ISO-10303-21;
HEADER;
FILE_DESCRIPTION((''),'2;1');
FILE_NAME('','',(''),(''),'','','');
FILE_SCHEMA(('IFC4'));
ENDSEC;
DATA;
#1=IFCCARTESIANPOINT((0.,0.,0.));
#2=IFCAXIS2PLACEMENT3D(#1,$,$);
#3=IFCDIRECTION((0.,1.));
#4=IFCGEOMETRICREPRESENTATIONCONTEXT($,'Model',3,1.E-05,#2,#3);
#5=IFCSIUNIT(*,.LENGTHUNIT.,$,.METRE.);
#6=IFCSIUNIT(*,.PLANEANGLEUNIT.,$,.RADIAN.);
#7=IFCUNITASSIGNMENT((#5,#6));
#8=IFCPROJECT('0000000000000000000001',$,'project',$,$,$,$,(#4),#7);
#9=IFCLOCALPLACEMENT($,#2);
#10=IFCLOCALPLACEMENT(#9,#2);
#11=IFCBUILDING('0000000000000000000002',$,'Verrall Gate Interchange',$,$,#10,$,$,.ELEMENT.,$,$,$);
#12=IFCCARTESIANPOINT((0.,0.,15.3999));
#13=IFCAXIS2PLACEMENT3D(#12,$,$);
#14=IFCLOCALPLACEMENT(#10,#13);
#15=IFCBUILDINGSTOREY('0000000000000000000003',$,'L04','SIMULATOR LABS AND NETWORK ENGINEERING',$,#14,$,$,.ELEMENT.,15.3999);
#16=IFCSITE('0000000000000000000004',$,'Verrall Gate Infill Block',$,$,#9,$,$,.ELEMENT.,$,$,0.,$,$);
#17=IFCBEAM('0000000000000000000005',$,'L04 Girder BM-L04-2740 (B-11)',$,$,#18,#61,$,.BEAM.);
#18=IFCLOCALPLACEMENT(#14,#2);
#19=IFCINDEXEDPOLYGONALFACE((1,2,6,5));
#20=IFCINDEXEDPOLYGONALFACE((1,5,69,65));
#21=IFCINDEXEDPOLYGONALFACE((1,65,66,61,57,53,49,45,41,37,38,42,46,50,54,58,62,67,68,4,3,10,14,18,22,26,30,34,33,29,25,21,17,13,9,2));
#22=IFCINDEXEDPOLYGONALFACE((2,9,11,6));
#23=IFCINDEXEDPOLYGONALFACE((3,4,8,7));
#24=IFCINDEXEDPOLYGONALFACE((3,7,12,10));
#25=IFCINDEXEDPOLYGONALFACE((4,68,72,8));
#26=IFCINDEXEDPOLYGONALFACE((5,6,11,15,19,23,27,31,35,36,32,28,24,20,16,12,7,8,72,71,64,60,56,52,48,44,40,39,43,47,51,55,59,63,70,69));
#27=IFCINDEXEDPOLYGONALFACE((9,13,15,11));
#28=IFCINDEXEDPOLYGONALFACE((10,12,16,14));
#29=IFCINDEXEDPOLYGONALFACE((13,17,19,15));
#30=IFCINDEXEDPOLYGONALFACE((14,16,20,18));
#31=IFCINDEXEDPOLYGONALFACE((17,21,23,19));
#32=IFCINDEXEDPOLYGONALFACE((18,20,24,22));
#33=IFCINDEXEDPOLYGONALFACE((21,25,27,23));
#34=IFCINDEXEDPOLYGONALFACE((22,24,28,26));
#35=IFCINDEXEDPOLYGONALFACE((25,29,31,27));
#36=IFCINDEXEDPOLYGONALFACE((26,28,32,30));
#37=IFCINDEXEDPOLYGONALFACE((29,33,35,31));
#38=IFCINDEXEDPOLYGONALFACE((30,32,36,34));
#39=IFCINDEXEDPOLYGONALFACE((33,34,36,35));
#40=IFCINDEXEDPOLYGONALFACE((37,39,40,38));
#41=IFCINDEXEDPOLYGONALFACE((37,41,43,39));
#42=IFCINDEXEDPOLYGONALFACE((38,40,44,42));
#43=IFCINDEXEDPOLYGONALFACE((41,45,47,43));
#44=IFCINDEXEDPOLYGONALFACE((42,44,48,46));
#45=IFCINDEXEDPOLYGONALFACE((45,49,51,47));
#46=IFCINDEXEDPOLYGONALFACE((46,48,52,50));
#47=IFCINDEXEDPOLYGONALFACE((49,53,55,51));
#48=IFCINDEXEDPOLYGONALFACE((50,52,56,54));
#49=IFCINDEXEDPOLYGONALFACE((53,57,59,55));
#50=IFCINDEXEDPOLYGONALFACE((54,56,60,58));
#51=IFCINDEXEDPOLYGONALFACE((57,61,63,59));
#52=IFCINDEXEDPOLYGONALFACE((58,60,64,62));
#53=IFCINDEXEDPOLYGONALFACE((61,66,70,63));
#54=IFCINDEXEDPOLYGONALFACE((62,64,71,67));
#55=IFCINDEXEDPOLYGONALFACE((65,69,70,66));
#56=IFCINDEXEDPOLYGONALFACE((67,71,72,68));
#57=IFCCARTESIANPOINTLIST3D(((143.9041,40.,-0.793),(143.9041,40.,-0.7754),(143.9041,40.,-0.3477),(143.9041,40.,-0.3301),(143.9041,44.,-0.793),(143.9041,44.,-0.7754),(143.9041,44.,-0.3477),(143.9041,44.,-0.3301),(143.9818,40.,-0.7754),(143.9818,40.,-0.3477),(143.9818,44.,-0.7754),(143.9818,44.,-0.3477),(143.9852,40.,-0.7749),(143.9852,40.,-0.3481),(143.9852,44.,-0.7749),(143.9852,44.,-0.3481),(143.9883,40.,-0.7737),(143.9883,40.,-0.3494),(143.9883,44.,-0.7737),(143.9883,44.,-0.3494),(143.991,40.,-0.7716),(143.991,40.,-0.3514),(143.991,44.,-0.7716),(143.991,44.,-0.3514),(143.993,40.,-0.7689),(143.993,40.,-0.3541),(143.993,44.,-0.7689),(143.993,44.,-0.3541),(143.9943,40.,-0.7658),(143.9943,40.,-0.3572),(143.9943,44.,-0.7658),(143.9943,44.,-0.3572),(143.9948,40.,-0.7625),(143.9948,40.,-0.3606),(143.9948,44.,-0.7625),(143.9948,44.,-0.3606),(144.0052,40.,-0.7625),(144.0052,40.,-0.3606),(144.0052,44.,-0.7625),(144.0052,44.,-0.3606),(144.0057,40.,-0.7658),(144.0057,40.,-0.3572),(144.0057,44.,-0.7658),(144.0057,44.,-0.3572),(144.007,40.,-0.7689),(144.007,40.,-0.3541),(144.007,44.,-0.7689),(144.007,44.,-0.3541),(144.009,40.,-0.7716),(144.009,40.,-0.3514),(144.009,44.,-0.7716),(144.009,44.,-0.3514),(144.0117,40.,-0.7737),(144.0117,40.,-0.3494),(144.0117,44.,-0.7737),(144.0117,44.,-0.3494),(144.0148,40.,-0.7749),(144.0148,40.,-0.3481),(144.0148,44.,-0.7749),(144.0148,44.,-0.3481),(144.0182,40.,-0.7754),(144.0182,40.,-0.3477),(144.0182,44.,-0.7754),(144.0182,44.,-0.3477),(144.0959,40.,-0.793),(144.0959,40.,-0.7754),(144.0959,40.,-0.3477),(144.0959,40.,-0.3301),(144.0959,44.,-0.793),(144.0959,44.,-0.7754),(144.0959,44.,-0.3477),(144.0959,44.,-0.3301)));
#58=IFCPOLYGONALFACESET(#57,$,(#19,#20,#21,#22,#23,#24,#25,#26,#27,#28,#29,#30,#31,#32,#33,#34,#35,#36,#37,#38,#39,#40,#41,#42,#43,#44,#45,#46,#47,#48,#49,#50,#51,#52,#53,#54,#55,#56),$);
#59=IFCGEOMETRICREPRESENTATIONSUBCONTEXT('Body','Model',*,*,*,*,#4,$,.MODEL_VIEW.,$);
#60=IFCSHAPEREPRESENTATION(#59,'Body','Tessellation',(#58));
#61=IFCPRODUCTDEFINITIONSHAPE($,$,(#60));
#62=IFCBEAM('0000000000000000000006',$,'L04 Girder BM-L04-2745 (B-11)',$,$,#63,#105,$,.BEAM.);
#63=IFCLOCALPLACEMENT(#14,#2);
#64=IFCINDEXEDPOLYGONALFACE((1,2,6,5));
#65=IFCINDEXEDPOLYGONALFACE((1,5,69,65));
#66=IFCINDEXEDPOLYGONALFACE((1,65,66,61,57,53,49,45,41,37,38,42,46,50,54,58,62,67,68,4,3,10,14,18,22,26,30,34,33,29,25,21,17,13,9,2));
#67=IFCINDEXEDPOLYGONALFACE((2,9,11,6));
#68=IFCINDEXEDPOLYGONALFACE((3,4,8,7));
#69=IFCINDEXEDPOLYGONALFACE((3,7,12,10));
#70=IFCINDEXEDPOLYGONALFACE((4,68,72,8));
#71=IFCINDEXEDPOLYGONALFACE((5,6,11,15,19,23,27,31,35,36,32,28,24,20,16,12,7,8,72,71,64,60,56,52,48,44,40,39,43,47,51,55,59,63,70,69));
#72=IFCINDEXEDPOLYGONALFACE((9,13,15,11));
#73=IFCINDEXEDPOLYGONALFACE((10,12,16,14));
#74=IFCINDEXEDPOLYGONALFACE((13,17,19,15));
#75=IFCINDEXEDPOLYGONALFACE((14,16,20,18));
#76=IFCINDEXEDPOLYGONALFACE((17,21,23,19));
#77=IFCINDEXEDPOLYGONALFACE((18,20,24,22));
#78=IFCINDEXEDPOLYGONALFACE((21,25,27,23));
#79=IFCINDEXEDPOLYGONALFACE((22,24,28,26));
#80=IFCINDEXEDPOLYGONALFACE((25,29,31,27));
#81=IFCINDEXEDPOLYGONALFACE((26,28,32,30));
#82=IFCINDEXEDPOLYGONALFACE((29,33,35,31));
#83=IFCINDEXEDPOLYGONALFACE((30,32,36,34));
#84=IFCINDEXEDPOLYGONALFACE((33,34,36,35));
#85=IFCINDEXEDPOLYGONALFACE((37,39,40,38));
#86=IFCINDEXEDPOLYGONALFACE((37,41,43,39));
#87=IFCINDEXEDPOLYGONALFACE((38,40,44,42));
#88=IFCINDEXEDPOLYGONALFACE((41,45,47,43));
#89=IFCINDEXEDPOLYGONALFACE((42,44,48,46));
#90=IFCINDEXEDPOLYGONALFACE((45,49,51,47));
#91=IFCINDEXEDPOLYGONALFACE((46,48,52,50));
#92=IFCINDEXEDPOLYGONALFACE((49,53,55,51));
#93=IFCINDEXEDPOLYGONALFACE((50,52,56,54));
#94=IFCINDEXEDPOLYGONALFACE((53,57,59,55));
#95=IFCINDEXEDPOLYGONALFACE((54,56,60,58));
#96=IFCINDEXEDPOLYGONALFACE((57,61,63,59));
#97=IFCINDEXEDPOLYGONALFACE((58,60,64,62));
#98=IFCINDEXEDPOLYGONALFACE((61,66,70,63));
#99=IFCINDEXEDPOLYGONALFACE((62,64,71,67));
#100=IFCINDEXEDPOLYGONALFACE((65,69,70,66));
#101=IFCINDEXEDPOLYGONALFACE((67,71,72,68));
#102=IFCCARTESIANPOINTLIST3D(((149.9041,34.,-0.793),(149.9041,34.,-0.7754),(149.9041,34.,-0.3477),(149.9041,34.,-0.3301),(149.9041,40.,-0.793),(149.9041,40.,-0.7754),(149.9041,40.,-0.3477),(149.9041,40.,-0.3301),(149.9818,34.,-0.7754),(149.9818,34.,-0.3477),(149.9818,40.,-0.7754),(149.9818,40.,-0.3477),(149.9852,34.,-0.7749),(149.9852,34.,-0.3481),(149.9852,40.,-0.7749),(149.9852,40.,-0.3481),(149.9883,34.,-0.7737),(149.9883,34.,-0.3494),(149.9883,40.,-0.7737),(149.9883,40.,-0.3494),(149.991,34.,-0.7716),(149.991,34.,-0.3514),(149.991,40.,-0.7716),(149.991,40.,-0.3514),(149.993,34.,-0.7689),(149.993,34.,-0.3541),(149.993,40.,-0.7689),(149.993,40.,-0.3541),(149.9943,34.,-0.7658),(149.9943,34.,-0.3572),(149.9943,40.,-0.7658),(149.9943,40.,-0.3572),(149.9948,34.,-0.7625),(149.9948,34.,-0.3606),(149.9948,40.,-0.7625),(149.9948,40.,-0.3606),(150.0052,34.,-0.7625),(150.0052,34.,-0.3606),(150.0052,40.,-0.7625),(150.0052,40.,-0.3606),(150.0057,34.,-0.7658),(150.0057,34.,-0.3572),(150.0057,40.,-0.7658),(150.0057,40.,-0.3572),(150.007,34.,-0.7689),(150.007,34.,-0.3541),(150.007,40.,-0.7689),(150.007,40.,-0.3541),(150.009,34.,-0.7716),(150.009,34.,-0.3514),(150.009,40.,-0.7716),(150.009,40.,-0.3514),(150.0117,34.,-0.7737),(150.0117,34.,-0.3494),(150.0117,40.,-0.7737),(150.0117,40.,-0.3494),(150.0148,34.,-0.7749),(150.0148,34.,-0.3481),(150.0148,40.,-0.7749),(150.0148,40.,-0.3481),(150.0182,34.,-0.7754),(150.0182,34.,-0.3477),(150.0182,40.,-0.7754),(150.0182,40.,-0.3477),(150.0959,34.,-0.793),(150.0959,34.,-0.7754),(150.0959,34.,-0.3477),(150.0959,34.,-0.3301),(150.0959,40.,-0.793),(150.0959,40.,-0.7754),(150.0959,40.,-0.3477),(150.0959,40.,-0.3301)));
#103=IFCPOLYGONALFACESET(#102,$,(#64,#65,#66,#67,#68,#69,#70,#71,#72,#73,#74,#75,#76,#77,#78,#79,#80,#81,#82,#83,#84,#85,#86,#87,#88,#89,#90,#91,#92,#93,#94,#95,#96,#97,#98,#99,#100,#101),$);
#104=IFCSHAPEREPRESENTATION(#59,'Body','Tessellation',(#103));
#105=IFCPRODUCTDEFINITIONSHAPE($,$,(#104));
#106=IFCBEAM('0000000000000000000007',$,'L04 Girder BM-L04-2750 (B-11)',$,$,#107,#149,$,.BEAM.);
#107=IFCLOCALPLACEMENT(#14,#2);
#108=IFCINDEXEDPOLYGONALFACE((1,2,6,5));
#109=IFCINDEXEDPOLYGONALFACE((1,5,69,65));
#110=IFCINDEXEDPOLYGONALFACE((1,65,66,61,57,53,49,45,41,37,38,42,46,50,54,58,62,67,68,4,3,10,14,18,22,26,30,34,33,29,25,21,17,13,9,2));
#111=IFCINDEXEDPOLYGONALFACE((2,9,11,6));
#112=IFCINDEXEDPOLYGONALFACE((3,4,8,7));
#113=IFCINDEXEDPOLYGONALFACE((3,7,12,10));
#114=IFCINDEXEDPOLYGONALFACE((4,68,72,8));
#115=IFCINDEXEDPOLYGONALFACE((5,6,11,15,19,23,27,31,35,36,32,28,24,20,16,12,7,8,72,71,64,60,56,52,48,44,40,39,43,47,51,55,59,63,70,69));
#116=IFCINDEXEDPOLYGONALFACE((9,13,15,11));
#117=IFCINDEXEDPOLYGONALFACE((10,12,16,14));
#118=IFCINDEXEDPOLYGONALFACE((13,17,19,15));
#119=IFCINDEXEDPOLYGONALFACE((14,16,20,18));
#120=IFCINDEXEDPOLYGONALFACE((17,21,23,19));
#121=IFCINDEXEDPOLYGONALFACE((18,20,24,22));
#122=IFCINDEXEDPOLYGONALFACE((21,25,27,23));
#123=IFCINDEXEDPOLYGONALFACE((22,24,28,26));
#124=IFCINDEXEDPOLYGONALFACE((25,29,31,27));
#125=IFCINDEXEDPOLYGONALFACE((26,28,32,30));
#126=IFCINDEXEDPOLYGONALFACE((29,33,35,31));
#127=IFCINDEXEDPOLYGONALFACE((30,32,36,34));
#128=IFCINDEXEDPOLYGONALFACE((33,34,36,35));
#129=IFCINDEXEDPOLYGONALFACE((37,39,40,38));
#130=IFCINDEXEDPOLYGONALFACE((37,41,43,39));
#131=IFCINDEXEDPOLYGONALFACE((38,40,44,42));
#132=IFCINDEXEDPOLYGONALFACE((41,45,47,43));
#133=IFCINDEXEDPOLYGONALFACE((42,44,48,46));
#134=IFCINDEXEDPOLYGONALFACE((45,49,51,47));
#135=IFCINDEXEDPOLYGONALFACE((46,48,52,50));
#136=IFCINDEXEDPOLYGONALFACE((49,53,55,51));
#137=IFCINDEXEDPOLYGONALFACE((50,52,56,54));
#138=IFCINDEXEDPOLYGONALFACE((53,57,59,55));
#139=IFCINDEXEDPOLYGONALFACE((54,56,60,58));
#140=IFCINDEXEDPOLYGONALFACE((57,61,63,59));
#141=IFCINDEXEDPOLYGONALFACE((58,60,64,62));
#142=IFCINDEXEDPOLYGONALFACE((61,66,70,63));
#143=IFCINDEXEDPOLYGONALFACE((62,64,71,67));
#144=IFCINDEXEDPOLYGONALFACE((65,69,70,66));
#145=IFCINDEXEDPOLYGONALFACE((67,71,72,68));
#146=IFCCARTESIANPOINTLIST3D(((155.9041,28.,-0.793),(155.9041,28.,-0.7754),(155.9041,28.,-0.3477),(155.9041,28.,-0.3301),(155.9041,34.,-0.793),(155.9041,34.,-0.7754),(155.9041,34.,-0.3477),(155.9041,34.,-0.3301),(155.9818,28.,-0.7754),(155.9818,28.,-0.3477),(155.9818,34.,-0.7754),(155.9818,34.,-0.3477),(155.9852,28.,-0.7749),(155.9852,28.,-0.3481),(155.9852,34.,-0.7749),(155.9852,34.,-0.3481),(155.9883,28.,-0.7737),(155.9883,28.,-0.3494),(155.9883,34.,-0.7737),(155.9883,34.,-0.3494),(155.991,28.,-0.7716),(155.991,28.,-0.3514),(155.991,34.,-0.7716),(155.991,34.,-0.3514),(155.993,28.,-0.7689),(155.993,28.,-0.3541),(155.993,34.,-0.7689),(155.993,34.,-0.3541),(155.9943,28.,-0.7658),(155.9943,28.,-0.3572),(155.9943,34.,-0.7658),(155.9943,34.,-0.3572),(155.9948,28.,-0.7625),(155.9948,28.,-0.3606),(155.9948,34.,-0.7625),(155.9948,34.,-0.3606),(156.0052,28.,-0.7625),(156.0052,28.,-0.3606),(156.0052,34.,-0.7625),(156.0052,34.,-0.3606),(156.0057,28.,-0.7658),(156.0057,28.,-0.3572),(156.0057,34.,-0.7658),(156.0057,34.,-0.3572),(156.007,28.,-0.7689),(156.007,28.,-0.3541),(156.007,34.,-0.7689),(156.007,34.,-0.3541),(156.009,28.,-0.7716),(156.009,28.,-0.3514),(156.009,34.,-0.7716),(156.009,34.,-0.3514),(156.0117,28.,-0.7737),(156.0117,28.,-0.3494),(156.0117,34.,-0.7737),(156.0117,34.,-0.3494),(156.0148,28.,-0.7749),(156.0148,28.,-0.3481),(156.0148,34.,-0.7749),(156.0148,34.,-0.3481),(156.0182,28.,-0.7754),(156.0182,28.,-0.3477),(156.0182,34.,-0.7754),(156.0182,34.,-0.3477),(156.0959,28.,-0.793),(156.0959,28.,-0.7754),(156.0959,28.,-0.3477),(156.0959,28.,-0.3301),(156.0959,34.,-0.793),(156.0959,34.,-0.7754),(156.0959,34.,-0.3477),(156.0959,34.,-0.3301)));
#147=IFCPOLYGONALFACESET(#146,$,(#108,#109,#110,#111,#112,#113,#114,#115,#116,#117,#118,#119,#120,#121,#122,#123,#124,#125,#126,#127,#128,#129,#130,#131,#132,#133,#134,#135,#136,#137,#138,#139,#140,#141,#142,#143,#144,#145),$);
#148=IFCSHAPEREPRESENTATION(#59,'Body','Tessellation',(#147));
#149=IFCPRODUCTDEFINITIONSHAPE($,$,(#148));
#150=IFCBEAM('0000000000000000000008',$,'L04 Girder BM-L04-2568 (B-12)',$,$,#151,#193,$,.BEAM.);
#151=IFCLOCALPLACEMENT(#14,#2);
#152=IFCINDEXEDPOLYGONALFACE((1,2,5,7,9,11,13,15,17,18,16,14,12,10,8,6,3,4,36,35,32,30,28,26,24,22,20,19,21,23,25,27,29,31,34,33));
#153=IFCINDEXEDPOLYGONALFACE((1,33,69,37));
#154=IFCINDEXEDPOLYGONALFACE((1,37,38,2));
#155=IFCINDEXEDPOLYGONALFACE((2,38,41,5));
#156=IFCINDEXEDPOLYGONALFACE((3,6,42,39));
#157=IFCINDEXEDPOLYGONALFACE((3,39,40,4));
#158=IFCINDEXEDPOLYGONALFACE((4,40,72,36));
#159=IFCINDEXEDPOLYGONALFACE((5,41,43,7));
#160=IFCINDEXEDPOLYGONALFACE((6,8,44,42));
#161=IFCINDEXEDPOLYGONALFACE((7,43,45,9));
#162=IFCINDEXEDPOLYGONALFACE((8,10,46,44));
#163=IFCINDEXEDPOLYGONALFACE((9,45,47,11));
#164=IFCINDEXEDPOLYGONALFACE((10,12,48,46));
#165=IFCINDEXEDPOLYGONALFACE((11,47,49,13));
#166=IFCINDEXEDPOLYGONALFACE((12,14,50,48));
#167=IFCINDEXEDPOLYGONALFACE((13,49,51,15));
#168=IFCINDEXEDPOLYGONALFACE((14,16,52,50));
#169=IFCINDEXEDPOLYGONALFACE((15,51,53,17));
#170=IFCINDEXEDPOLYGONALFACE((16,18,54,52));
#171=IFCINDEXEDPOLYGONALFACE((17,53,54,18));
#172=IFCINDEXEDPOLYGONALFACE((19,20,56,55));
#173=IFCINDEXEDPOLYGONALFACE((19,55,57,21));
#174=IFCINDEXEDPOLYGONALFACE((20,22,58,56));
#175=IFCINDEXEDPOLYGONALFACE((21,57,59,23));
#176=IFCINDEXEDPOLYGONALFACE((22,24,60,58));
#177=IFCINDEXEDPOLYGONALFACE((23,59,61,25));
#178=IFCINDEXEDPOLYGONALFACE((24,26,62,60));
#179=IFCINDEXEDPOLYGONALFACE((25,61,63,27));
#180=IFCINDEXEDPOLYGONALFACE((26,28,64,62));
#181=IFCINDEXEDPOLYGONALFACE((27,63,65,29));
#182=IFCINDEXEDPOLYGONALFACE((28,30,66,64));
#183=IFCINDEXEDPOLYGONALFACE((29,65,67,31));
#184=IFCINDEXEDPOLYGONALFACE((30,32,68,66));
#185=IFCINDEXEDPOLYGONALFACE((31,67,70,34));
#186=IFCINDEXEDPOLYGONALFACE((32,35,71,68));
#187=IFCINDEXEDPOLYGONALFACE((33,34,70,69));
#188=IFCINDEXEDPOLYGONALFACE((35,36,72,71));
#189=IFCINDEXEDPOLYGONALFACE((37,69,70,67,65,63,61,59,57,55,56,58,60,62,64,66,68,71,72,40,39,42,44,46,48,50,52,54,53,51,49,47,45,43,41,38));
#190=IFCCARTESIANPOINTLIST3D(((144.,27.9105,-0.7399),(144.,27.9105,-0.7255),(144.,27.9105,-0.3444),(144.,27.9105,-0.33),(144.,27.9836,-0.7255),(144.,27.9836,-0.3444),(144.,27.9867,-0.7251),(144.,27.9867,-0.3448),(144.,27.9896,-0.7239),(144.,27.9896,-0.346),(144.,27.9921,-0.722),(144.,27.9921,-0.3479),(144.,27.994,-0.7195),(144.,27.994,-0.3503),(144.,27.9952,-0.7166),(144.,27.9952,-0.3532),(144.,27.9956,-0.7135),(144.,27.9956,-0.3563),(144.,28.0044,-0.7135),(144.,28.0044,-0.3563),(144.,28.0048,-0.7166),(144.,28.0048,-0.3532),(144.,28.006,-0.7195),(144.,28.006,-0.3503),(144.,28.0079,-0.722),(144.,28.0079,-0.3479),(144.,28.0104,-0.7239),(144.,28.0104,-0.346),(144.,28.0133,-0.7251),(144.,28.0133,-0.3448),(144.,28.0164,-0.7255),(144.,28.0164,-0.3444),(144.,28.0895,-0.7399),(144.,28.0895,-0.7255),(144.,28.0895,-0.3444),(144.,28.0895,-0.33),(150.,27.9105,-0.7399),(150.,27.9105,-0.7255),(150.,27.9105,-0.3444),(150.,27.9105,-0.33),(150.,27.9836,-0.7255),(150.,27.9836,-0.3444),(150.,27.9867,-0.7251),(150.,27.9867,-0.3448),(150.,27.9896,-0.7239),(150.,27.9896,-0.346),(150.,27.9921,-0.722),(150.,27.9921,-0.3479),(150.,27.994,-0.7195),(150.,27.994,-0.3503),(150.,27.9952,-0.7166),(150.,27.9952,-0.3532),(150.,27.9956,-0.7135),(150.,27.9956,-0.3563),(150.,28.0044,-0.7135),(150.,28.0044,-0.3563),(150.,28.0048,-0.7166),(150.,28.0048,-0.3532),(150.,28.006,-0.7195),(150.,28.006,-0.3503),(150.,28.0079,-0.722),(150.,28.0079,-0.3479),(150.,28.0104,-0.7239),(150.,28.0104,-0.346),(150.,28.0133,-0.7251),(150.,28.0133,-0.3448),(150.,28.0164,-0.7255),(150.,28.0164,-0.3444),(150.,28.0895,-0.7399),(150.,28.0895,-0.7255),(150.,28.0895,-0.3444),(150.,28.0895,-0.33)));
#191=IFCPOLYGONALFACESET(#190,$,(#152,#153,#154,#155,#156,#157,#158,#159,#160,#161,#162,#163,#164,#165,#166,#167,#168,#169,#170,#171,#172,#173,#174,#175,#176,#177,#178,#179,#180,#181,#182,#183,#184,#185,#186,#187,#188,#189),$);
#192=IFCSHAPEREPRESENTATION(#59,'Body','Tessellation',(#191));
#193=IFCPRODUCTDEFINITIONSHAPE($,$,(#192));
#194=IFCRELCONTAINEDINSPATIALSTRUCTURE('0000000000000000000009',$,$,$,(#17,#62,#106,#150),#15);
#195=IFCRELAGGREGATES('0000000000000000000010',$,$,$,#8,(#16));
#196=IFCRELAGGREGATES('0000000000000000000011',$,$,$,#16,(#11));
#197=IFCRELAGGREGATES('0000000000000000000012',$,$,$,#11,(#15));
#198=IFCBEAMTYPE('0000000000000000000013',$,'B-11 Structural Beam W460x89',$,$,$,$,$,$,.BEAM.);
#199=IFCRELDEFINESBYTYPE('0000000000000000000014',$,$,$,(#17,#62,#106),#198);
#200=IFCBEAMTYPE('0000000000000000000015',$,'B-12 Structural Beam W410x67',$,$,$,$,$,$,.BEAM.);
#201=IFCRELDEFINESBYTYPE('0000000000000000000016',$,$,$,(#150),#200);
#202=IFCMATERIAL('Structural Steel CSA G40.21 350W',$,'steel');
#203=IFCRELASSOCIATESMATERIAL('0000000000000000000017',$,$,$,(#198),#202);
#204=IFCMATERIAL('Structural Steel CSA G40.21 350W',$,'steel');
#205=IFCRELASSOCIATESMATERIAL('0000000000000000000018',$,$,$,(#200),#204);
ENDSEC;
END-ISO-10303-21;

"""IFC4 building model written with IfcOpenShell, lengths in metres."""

from ifc_helpers import new_model, si_unit, direction, frame, origin, origin_2d, place, context, subcontext, project, spatial, i_section, extrude, material, material_profile, profile_set, type_object, element, save


model = new_model("IFC4")

# Units and contexts
model_context = context("Model", 3, precision=1e-05, world=origin(), true_north=direction((0.0, 1.0)))
body_context = subcontext(model_context, "Body", "Model", "MODEL_VIEW")
ifc_project = project(units=[si_unit("LENGTHUNIT", "METRE"), si_unit("PLANEANGLEUNIT", "RADIAN")], contexts=[model_context])

# Site, building, storey
site_placement = place(None, origin())
site = spatial("IfcSite", under=ifc_project, at=site_placement, Name="Verrall Gate Infill Block", CompositionType="ELEMENT", RefElevation=0.0)
building_placement = place(site_placement, origin())
building = spatial("IfcBuilding", under=site, at=building_placement, Name="Verrall Gate Interchange", CompositionType="ELEMENT")
storey_placement = place(building_placement, frame((0.0, 0.0, 15.3999)))
storey = spatial("IfcBuildingStorey", under=building, at=storey_placement, Name="L04", Description="SIMULATOR LABS AND NETWORK ENGINEERING", CompositionType="ELEMENT", Elevation=15.3999)

# Beams
ifc_material_1 = material(Name="Structural Steel CSA G40.21 350W", Category="steel")
ifc_material_profile_1 = material_profile(ifc_material_1, i_section(OverallWidth=0.1919, OverallDepth=0.4629, WebThickness=0.0105, FlangeThickness=0.0176, FilletRadius=0.0129, at=origin_2d()), Name="W460x89")
ifc_profile_set_1 = profile_set([ifc_material_profile_1], Name="Structural Steel CSA G40.21 350W")
beam_type_1 = type_object("IfcBeamType", Name="B-11 Structural Beam W460x89", PredefinedType="BEAM", material=ifc_profile_set_1)
beam_1_placement = place(storey_placement, frame((144.0, 40.0, -0.5615), z_axis=(0.0, 1.0, 0.0), x_axis=(-1.0, 0.0, 0.0)))
element("IfcBeam", 1, at=beam_1_placement, inside=storey, type_object=beam_type_1, Name="L04 Girder BM-L04-2740 (B-11)", PredefinedType="BEAM", context=body_context, shape_type="SweptSolid", body=[
    extrude(i_section(OverallWidth=0.1919, OverallDepth=0.4629, WebThickness=0.0105, FlangeThickness=0.0176, FilletRadius=0.0129, at=origin_2d()), origin(), (0.0, 0.0, 1.0), 4.0),
])
for number, where, z_axis, x_axis, name in (
    (2, (150.0, 34.0, -0.5615), (0.0, 1.0, 0.0), (-1.0, 0.0, 0.0), "L04 Girder BM-L04-2745 (B-11)"),
    (3, (156.0, 28.0, -0.5615), (0.0, 1.0, 0.0), (-1.0, 0.0, 0.0), "L04 Girder BM-L04-2750 (B-11)"),
):
    element("IfcBeam", number, at=place(storey_placement, frame(where, z_axis=z_axis, x_axis=x_axis)), inside=storey, type_object=beam_type_1, Name=name, PredefinedType="BEAM", context=body_context, shape_type="SweptSolid", body=[
        extrude(i_section(OverallWidth=0.1919, OverallDepth=0.4629, WebThickness=0.0105, FlangeThickness=0.0176, FilletRadius=0.0129, at=origin_2d()), origin(), (0.0, 0.0, 1.0), 6.0),
    ])
ifc_material_2 = material(Name="Structural Steel CSA G40.21 350W", Category="steel")
ifc_material_profile_2 = material_profile(ifc_material_2, i_section(OverallWidth=0.179, OverallDepth=0.4099, WebThickness=0.0088, FlangeThickness=0.0144, FilletRadius=0.012, at=origin_2d()), Name="W410x67")
ifc_profile_set_2 = profile_set([ifc_material_profile_2], Name="Structural Steel CSA G40.21 350W")
beam_type_2 = type_object("IfcBeamType", Name="B-12 Structural Beam W410x67", PredefinedType="BEAM", material=ifc_profile_set_2)
beam_2_placement = place(storey_placement, frame((144.0, 28.0, -0.5349), z_axis=(1.0, 0.0, 0.0), x_axis=(0.0, 1.0, 0.0)))
element("IfcBeam", 4, at=beam_2_placement, inside=storey, type_object=beam_type_2, Name="L04 Girder BM-L04-2568 (B-12)", PredefinedType="BEAM", context=body_context, shape_type="SweptSolid", body=[
    extrude(i_section(OverallWidth=0.179, OverallDepth=0.4099, WebThickness=0.0088, FlangeThickness=0.0144, FilletRadius=0.012, at=origin_2d()), origin(), (0.0, 0.0, 1.0), 6.0),
])

save(model, "model.ifc")
